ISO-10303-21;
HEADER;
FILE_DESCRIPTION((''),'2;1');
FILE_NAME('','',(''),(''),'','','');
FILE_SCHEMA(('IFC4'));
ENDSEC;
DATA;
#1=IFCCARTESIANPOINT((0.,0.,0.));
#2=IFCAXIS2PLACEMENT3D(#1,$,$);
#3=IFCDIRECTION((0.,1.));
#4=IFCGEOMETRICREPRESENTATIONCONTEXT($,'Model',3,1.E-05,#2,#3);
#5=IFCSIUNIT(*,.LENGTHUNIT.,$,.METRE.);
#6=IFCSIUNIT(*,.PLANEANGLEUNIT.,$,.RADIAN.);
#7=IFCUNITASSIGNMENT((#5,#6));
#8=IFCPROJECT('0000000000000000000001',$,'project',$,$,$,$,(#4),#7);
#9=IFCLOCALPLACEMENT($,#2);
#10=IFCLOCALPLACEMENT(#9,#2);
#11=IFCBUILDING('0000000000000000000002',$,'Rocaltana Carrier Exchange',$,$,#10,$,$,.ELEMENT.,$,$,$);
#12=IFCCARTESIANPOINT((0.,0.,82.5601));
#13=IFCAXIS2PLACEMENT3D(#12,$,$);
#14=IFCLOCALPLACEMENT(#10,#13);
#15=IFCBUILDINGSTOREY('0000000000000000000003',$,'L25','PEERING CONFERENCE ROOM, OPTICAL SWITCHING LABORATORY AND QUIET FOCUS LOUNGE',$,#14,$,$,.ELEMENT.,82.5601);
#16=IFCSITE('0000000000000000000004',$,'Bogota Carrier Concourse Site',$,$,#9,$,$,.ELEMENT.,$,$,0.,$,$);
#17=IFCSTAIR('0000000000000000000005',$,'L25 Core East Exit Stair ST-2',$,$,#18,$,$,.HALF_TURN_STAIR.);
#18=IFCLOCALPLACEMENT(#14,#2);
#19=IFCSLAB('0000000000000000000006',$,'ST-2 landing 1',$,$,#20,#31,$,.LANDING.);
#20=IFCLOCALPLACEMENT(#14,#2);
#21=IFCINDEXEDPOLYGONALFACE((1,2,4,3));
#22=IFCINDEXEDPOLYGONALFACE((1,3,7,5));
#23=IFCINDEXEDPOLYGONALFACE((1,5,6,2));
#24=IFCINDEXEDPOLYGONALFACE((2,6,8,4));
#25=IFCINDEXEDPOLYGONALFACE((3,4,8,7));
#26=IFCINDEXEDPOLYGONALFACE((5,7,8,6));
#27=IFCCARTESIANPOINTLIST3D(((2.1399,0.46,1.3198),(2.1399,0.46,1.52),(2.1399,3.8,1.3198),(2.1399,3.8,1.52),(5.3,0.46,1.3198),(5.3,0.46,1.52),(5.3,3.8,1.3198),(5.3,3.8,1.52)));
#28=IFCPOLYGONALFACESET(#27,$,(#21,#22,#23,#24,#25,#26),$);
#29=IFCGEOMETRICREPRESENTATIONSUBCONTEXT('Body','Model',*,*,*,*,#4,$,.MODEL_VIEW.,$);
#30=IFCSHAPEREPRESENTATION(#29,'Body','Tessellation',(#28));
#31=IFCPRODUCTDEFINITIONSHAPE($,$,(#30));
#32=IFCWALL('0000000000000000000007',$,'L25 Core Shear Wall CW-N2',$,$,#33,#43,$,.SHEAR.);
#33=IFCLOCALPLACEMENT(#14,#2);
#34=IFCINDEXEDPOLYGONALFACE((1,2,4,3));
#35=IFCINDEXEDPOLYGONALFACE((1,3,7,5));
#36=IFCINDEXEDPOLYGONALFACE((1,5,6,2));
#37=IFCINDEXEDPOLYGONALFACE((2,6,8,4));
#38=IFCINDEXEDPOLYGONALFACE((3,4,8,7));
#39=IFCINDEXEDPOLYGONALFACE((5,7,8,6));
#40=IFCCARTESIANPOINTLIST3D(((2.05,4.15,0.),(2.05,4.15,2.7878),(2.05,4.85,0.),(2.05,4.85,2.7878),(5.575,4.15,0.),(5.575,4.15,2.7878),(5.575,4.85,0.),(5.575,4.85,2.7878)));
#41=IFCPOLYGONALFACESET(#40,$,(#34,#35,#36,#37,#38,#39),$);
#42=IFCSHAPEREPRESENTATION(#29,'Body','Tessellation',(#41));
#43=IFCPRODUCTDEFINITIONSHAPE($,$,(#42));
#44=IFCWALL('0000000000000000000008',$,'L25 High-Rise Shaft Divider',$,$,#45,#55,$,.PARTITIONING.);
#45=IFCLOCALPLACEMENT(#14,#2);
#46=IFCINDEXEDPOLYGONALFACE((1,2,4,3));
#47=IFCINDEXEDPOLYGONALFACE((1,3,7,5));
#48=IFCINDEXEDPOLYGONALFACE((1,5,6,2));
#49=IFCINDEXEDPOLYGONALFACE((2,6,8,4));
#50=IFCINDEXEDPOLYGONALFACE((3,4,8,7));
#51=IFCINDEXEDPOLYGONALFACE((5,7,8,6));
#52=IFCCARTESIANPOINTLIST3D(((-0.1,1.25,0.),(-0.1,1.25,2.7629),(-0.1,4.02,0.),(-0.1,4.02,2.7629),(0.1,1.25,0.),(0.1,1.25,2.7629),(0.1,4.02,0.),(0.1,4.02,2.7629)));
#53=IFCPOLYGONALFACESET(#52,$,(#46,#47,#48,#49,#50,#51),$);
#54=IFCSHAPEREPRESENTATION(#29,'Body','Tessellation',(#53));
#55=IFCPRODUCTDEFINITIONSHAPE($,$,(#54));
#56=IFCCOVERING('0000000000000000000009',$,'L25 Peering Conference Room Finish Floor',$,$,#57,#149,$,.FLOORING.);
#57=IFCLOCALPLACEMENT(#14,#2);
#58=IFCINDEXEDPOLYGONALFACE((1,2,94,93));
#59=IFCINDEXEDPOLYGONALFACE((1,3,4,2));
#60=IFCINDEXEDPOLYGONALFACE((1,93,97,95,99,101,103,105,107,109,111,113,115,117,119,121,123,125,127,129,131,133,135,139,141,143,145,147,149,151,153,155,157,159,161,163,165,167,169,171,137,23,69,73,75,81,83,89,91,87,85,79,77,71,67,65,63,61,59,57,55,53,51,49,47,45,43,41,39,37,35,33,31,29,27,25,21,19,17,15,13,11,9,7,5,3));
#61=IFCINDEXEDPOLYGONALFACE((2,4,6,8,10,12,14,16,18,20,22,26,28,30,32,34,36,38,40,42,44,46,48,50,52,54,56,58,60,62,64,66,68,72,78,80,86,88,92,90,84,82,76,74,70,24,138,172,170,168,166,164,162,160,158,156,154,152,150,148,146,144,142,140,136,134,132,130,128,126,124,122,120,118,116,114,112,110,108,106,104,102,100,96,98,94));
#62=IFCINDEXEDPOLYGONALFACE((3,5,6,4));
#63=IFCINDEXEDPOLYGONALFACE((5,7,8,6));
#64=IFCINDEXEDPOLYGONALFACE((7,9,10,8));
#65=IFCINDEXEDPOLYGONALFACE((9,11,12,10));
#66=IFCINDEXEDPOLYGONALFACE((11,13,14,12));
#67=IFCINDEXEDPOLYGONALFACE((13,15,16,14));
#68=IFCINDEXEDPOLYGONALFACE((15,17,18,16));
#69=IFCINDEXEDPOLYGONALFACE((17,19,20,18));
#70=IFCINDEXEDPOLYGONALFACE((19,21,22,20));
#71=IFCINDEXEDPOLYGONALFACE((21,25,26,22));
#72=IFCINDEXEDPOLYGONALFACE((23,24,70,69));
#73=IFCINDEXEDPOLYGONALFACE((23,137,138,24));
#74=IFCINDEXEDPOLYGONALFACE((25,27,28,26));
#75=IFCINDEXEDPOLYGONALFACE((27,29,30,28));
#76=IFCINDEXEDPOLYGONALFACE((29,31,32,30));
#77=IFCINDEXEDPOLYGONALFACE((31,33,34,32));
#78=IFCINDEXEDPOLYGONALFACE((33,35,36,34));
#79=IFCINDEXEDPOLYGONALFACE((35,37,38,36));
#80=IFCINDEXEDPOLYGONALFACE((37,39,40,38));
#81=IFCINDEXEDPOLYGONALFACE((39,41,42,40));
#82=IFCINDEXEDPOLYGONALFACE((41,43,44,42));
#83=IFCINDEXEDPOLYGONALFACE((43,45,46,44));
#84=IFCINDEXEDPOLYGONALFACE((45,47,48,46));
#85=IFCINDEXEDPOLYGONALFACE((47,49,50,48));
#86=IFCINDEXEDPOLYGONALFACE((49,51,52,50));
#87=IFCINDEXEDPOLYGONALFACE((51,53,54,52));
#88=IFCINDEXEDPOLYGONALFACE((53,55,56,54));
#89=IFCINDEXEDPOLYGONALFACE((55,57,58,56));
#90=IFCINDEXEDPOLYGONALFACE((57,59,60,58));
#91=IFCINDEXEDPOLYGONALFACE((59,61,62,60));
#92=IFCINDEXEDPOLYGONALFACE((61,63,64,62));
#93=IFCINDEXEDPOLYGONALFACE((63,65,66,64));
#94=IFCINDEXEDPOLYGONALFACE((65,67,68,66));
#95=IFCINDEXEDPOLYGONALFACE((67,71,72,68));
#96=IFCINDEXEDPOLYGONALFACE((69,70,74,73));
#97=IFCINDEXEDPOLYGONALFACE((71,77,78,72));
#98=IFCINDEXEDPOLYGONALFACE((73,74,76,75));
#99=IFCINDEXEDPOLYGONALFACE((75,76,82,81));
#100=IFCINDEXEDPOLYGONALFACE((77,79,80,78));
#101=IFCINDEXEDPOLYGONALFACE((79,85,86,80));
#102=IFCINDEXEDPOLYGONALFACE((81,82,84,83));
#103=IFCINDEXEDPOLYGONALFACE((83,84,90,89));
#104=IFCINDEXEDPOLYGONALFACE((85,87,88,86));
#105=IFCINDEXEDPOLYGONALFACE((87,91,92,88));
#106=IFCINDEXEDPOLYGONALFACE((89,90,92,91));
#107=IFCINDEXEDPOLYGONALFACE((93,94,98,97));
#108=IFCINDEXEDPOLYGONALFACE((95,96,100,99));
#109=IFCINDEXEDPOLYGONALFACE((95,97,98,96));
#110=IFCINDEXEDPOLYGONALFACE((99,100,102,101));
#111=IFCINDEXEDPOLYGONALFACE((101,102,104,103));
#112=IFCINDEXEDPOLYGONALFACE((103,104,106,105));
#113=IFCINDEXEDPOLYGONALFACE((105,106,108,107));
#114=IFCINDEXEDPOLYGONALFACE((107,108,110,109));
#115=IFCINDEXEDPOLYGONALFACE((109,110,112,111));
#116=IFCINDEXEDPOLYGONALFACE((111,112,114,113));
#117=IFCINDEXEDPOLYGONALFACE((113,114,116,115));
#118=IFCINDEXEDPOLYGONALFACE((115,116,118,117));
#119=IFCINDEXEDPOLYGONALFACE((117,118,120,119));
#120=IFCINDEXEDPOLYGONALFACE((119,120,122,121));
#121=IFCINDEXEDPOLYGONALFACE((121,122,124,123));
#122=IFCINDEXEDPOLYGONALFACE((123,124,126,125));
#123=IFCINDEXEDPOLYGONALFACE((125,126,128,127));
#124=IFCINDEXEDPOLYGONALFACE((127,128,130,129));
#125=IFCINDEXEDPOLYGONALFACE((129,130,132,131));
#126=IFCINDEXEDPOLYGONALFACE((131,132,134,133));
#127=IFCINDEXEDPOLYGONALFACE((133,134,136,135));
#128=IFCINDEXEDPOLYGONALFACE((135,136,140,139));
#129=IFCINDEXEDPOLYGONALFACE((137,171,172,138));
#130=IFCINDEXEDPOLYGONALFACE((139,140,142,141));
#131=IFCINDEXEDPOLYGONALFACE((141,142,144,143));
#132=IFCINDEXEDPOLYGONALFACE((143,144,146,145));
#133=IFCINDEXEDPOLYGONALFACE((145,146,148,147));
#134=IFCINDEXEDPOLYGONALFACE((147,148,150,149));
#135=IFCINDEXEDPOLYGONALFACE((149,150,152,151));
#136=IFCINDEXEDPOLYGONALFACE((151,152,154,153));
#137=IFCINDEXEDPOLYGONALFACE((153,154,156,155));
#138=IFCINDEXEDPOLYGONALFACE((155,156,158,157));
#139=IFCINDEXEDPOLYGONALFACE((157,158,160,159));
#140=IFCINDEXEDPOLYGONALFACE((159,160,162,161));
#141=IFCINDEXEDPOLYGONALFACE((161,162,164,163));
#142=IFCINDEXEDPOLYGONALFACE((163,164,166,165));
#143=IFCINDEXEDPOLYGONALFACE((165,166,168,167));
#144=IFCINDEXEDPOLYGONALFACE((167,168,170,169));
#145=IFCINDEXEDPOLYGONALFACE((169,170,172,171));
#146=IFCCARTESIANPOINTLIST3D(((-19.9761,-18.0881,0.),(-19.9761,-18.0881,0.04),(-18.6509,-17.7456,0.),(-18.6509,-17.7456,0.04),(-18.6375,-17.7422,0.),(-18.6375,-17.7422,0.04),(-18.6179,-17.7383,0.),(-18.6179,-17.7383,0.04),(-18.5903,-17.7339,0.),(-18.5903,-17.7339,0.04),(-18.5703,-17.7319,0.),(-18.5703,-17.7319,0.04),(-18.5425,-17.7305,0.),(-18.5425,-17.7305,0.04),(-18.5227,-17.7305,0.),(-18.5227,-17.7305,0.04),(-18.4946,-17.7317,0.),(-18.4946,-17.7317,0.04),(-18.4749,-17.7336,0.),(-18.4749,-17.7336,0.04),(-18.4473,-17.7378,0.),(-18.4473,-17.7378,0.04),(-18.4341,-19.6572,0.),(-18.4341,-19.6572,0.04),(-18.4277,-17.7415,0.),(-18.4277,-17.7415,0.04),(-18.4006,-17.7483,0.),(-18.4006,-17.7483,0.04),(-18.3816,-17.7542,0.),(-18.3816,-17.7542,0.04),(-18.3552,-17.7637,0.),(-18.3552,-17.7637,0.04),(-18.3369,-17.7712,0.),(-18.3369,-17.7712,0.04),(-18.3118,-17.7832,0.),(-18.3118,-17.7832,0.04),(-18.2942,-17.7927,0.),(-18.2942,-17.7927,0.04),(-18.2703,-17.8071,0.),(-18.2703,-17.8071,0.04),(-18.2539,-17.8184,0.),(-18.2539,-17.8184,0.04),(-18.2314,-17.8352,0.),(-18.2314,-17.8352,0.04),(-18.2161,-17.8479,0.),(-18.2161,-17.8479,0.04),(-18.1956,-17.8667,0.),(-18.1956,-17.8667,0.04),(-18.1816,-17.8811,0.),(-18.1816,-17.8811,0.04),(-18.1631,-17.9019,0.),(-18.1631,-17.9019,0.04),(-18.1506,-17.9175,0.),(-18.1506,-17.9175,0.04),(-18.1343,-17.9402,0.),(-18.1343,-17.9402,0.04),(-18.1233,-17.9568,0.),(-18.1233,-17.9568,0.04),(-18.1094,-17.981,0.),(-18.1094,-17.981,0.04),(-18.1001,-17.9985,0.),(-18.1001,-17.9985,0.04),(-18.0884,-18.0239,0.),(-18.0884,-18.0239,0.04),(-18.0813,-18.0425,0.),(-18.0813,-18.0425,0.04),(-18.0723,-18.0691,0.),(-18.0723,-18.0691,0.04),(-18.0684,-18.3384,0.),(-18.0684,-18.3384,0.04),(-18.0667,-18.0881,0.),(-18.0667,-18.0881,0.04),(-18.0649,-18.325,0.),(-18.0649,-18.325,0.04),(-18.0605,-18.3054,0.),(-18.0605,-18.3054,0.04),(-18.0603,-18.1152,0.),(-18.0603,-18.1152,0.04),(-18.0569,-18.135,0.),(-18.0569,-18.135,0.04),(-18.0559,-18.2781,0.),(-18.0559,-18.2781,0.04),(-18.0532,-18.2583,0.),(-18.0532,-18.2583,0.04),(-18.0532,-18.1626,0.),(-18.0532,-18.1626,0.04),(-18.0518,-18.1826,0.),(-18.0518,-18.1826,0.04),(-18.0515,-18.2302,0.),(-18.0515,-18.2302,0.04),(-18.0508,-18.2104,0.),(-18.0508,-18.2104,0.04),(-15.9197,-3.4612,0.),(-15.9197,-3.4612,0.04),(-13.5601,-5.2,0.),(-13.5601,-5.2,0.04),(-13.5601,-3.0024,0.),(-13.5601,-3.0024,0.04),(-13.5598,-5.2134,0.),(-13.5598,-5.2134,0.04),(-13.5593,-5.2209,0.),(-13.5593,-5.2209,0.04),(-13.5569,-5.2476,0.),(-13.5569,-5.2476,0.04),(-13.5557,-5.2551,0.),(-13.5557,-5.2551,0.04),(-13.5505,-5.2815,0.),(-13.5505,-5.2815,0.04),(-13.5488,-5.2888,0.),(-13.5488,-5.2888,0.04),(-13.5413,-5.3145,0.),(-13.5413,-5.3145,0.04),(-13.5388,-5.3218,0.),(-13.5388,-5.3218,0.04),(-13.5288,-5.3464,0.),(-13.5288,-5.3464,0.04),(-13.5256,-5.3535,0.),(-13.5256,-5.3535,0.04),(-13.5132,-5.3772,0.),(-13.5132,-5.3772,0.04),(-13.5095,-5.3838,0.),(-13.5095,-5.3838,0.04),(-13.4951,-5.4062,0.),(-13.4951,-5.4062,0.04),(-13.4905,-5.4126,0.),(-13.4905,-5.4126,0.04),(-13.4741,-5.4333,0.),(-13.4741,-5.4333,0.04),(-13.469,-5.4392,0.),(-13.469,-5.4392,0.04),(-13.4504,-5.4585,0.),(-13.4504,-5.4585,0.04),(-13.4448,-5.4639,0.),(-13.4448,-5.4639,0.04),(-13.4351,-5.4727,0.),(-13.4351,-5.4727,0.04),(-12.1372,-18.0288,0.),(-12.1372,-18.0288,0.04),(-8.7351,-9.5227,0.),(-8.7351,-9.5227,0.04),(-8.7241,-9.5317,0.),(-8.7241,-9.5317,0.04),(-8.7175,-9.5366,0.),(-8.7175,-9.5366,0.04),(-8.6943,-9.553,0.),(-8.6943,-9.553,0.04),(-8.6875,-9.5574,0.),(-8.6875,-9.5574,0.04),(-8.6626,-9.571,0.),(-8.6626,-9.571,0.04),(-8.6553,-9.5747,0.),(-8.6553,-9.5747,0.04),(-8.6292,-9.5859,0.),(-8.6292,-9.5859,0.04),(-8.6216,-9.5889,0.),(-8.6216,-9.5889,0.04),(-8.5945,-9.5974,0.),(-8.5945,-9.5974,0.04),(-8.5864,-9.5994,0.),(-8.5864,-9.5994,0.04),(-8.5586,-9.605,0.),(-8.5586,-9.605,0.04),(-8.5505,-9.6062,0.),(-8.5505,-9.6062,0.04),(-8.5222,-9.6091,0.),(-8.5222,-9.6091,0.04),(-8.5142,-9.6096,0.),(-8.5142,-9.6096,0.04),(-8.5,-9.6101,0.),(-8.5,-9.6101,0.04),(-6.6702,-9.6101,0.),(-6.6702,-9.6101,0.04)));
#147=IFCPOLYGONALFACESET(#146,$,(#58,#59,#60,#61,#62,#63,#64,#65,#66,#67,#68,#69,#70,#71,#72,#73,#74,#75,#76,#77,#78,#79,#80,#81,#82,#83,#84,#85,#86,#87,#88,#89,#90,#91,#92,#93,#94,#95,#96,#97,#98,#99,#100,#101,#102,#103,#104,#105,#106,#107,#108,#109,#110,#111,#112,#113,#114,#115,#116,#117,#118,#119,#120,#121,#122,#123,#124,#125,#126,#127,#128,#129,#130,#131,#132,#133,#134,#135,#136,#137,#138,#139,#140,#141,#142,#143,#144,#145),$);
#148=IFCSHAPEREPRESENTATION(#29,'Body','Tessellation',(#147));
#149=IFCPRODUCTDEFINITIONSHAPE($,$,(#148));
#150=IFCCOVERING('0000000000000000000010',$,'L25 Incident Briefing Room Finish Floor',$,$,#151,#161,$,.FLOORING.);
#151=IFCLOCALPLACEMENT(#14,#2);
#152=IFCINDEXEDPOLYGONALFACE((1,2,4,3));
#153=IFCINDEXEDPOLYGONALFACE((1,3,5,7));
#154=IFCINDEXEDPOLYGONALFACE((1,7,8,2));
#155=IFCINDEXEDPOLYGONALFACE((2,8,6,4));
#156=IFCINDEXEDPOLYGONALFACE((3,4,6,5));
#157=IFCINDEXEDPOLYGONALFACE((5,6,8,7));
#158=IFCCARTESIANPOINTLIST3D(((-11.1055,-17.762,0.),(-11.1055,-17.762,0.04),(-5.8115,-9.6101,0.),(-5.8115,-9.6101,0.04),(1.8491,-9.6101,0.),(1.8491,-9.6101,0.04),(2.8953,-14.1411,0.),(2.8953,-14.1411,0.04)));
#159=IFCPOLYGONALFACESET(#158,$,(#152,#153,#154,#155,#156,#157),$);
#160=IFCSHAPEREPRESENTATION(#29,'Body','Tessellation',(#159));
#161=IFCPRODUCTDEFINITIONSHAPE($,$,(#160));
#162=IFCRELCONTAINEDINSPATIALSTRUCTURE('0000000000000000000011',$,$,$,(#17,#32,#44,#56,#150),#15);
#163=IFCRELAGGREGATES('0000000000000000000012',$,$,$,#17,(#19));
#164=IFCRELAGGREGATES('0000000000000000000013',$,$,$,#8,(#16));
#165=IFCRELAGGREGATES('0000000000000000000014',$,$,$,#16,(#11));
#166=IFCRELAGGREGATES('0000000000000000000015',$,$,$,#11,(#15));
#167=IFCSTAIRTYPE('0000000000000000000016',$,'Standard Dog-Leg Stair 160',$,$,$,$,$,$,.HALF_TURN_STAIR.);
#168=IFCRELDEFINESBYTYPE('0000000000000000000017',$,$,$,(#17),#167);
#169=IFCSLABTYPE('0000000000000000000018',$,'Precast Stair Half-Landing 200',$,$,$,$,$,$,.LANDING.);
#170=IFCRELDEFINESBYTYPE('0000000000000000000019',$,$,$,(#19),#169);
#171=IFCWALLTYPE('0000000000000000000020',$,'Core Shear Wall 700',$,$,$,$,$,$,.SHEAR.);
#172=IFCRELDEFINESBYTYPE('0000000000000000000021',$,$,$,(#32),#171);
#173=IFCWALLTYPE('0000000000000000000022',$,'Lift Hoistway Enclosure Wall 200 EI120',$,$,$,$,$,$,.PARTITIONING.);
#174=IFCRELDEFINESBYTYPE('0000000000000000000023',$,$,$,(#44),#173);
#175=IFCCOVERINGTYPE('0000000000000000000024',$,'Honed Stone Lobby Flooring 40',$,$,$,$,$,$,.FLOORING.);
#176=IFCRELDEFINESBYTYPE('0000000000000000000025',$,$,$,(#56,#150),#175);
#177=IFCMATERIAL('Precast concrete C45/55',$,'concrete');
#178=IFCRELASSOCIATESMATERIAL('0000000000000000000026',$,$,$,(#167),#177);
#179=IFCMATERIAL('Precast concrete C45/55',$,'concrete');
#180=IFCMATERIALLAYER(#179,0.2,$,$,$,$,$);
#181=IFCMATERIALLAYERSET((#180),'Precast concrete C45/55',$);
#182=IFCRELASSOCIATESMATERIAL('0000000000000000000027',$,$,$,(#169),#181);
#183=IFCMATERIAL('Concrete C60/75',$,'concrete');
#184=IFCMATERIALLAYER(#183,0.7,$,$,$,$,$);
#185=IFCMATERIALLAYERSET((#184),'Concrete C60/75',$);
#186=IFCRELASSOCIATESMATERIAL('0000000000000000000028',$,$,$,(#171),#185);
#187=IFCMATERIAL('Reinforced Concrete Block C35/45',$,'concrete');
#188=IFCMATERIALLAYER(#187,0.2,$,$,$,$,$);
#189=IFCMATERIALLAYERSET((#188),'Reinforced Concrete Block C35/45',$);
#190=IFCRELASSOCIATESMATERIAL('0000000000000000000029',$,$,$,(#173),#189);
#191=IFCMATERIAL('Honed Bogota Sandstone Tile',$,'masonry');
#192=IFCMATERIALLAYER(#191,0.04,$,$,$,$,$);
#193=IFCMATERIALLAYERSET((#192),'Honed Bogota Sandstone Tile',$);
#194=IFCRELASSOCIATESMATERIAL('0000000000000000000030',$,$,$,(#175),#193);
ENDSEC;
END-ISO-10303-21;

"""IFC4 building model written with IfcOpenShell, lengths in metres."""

from ifc_helpers import new_model, si_unit, direction, frame, frame_2d, origin, place, context, subcontext, project, spatial, polyline, rectangle, outline, extrude, material, layer, layer_set, type_object, element, aggregate, save


model = new_model("IFC4")

# Units and contexts
model_context = context("Model", 3, precision=1e-05, world=origin(), true_north=direction((0.0, 1.0)))
body_context = subcontext(model_context, "Body", "Model", "MODEL_VIEW")
ifc_project = project(units=[si_unit("LENGTHUNIT", "METRE"), si_unit("PLANEANGLEUNIT", "RADIAN")], contexts=[model_context])

# Site, building, storey
site_placement = place(None, origin())
site = spatial("IfcSite", under=ifc_project, at=site_placement, Name="Bogota Carrier Concourse Site", CompositionType="ELEMENT", RefElevation=0.0)
building_placement = place(site_placement, origin())
building = spatial("IfcBuilding", under=site, at=building_placement, Name="Rocaltana Carrier Exchange", CompositionType="ELEMENT")
storey_placement = place(building_placement, frame((0.0, 0.0, 82.5601)))
storey = spatial("IfcBuildingStorey", under=building, at=storey_placement, Name="L25", Description="PEERING CONFERENCE ROOM, OPTICAL SWITCHING LABORATORY AND QUIET FOCUS LOUNGE", CompositionType="ELEMENT", Elevation=82.5601)

# Stair, slab
ifc_material_1 = material(Name="Precast concrete C45/55", Category="concrete")
stair_type = type_object("IfcStairType", Name="Standard Dog-Leg Stair 160", PredefinedType="HALF_TURN_STAIR", material=ifc_material_1)
ifc_material_2 = material(Name="Precast concrete C45/55", Category="concrete")
ifc_layer_1 = layer(ifc_material_2, 0.2)
ifc_layer_set_1 = layer_set([ifc_layer_1], Name="Precast concrete C45/55")
slab_type_1 = type_object("IfcSlabType", Name="Precast Stair Half-Landing 200", PredefinedType="LANDING", material=ifc_layer_set_1)
stair_1_placement = place(storey_placement, origin())
stair_1 = element("IfcStair", 1, at=stair_1_placement, inside=storey, type_object=stair_type, Name="L25 Core East Exit Stair ST-2", PredefinedType="HALF_TURN_STAIR")
slab_1_placement = place(storey_placement, frame((0.0, 0.0, 1.3198)))
slab_1 = element("IfcSlab", 2, at=slab_1_placement, type_object=slab_type_1, Name="ST-2 landing 1", PredefinedType="LANDING", context=body_context, shape_type="SweptSolid", body=[
    extrude(outline(polyline([(5.3, 0.46), (5.3, 3.8), (2.1399, 3.8), (2.1399, 0.46), (5.3, 0.46)])), origin(), (0.0, 0.0, 1.0), 0.2002),
])
aggregate(stair_1, [slab_1])

# Walls
ifc_material_3 = material(Name="Concrete C60/75", Category="concrete")
ifc_layer_2 = layer(ifc_material_3, 0.7)
ifc_layer_set_2 = layer_set([ifc_layer_2], Name="Concrete C60/75")
wall_type_1 = type_object("IfcWallType", Name="Core Shear Wall 700", PredefinedType="SHEAR", material=ifc_layer_set_2)
wall_1_placement = place(storey_placement, frame((2.05, 4.5, 0.0), z_axis=(0.0, 0.0, 1.0), x_axis=(1.0, 0.0, 0.0)))
element("IfcWall", 3, at=wall_1_placement, inside=storey, type_object=wall_type_1, Name="L25 Core Shear Wall CW-N2", PredefinedType="SHEAR", context=body_context, shape_type="SweptSolid", body=[
    extrude(rectangle(XDim=3.5249, YDim=0.7, at=frame_2d((1.7625, 0.0))), origin(), (0.0, 0.0, 1.0), 2.7878),
])
ifc_material_4 = material(Name="Reinforced Concrete Block C35/45", Category="concrete")
ifc_layer_3 = layer(ifc_material_4, 0.2)
ifc_layer_set_3 = layer_set([ifc_layer_3], Name="Reinforced Concrete Block C35/45")
wall_type_2 = type_object("IfcWallType", Name="Lift Hoistway Enclosure Wall 200 EI120", PredefinedType="PARTITIONING", material=ifc_layer_set_3)
wall_2_placement = place(storey_placement, frame((0.0, 1.25, 0.0), z_axis=(0.0, 0.0, 1.0), x_axis=(0.0, 1.0, 0.0)))
element("IfcWall", 4, at=wall_2_placement, inside=storey, type_object=wall_type_2, Name="L25 High-Rise Shaft Divider", PredefinedType="PARTITIONING", context=body_context, shape_type="SweptSolid", body=[
    extrude(rectangle(XDim=2.77, YDim=0.2, at=frame_2d((1.385, 0.0))), origin(), (0.0, 0.0, 1.0), 2.7629),
])

# Coverings
ifc_material_5 = material(Name="Honed Bogota Sandstone Tile", Category="masonry")
ifc_layer_4 = layer(ifc_material_5, 0.04)
ifc_layer_set_4 = layer_set([ifc_layer_4], Name="Honed Bogota Sandstone Tile")
covering_type_1 = type_object("IfcCoveringType", Name="Honed Stone Lobby Flooring 40", PredefinedType="FLOORING", material=ifc_layer_set_4)
covering_1_placement = place(storey_placement, origin())
element("IfcCovering", 5, at=covering_1_placement, inside=storey, type_object=covering_type_1, Name="L25 Peering Conference Room Finish Floor", PredefinedType="FLOORING", context=body_context, shape_type="SweptSolid", body=[
    extrude(outline(polyline([(-18.0684, -18.3384), (-18.0649, -18.325), (-18.0605, -18.3054), (-18.0559, -18.2781), (-18.0532, -18.2583), (-18.0515, -18.2302), (-18.0508, -18.2104), (-18.0518, -18.1826), (-18.0532, -18.1626), (-18.0569, -18.135), (-18.0603, -18.1152), (-18.0667, -18.0881), (-18.0723, -18.0691), (-18.0813, -18.0425), (-18.0884, -18.0239), (-18.1001, -17.9985), (-18.1094, -17.981), (-18.1233, -17.9568), (-18.1343, -17.9402), (-18.1506, -17.9175), (-18.1631, -17.9019), (-18.1816, -17.8811), (-18.1956, -17.8667), (-18.2161, -17.8479), (-18.2314, -17.8352), (-18.2539, -17.8184), (-18.2703, -17.8071), (-18.2942, -17.7927), (-18.3118, -17.7832), (-18.3369, -17.7712), (-18.3552, -17.7637), (-18.3816, -17.7542), (-18.4006, -17.7483), (-18.4277, -17.7415), (-18.4473, -17.7378), (-18.4749, -17.7336), (-18.4946, -17.7317), (-18.5227, -17.7305), (-18.5425, -17.7305), (-18.5703, -17.7319), (-18.5903, -17.7339), (-18.6179, -17.7383), (-18.6375, -17.7422), (-18.6509, -17.7456), (-19.9761, -18.0881), (-15.9197, -3.4612), (-13.5601, -3.0024), (-13.5601, -5.2), (-13.5598, -5.2134), (-13.5593, -5.2209), (-13.5569, -5.2476), (-13.5557, -5.2551), (-13.5505, -5.2815), (-13.5488, -5.2888), (-13.5413, -5.3145), (-13.5388, -5.3218), (-13.5288, -5.3464), (-13.5256, -5.3535), (-13.5132, -5.3772), (-13.5095, -5.3838), (-13.4951, -5.4062), (-13.4905, -5.4126), (-13.4741, -5.4333), (-13.469, -5.4392), (-13.4504, -5.4585), (-13.4448, -5.4639), (-13.4351, -5.4727), (-8.7351, -9.5227), (-8.7241, -9.5317), (-8.7175, -9.5366), (-8.6943, -9.553), (-8.6875, -9.5574), (-8.6626, -9.571), (-8.6553, -9.5747), (-8.6292, -9.5859), (-8.6216, -9.5889), (-8.5945, -9.5974), (-8.5864, -9.5994), (-8.5586, -9.605), (-8.5505, -9.6062), (-8.5222, -9.6091), (-8.5142, -9.6096), (-8.5, -9.6101), (-6.6702, -9.6101), (-12.1372, -18.0288), (-18.4341, -19.6572), (-18.0684, -18.3384)])), origin(), (0.0, 0.0, 1.0), 0.04),
])
covering_2_placement = place(storey_placement, origin())
element("IfcCovering", 6, at=covering_2_placement, inside=storey, type_object=covering_type_1, Name="L25 Incident Briefing Room Finish Floor", PredefinedType="FLOORING", context=body_context, shape_type="SweptSolid", body=[
    extrude(outline(polyline([(-11.1055, -17.762), (-5.8115, -9.6101), (1.8491, -9.6101), (2.8953, -14.1411), (-11.1055, -17.762)])), origin(), (0.0, 0.0, 1.0), 0.04),
])

save(model, "model.ifc")
